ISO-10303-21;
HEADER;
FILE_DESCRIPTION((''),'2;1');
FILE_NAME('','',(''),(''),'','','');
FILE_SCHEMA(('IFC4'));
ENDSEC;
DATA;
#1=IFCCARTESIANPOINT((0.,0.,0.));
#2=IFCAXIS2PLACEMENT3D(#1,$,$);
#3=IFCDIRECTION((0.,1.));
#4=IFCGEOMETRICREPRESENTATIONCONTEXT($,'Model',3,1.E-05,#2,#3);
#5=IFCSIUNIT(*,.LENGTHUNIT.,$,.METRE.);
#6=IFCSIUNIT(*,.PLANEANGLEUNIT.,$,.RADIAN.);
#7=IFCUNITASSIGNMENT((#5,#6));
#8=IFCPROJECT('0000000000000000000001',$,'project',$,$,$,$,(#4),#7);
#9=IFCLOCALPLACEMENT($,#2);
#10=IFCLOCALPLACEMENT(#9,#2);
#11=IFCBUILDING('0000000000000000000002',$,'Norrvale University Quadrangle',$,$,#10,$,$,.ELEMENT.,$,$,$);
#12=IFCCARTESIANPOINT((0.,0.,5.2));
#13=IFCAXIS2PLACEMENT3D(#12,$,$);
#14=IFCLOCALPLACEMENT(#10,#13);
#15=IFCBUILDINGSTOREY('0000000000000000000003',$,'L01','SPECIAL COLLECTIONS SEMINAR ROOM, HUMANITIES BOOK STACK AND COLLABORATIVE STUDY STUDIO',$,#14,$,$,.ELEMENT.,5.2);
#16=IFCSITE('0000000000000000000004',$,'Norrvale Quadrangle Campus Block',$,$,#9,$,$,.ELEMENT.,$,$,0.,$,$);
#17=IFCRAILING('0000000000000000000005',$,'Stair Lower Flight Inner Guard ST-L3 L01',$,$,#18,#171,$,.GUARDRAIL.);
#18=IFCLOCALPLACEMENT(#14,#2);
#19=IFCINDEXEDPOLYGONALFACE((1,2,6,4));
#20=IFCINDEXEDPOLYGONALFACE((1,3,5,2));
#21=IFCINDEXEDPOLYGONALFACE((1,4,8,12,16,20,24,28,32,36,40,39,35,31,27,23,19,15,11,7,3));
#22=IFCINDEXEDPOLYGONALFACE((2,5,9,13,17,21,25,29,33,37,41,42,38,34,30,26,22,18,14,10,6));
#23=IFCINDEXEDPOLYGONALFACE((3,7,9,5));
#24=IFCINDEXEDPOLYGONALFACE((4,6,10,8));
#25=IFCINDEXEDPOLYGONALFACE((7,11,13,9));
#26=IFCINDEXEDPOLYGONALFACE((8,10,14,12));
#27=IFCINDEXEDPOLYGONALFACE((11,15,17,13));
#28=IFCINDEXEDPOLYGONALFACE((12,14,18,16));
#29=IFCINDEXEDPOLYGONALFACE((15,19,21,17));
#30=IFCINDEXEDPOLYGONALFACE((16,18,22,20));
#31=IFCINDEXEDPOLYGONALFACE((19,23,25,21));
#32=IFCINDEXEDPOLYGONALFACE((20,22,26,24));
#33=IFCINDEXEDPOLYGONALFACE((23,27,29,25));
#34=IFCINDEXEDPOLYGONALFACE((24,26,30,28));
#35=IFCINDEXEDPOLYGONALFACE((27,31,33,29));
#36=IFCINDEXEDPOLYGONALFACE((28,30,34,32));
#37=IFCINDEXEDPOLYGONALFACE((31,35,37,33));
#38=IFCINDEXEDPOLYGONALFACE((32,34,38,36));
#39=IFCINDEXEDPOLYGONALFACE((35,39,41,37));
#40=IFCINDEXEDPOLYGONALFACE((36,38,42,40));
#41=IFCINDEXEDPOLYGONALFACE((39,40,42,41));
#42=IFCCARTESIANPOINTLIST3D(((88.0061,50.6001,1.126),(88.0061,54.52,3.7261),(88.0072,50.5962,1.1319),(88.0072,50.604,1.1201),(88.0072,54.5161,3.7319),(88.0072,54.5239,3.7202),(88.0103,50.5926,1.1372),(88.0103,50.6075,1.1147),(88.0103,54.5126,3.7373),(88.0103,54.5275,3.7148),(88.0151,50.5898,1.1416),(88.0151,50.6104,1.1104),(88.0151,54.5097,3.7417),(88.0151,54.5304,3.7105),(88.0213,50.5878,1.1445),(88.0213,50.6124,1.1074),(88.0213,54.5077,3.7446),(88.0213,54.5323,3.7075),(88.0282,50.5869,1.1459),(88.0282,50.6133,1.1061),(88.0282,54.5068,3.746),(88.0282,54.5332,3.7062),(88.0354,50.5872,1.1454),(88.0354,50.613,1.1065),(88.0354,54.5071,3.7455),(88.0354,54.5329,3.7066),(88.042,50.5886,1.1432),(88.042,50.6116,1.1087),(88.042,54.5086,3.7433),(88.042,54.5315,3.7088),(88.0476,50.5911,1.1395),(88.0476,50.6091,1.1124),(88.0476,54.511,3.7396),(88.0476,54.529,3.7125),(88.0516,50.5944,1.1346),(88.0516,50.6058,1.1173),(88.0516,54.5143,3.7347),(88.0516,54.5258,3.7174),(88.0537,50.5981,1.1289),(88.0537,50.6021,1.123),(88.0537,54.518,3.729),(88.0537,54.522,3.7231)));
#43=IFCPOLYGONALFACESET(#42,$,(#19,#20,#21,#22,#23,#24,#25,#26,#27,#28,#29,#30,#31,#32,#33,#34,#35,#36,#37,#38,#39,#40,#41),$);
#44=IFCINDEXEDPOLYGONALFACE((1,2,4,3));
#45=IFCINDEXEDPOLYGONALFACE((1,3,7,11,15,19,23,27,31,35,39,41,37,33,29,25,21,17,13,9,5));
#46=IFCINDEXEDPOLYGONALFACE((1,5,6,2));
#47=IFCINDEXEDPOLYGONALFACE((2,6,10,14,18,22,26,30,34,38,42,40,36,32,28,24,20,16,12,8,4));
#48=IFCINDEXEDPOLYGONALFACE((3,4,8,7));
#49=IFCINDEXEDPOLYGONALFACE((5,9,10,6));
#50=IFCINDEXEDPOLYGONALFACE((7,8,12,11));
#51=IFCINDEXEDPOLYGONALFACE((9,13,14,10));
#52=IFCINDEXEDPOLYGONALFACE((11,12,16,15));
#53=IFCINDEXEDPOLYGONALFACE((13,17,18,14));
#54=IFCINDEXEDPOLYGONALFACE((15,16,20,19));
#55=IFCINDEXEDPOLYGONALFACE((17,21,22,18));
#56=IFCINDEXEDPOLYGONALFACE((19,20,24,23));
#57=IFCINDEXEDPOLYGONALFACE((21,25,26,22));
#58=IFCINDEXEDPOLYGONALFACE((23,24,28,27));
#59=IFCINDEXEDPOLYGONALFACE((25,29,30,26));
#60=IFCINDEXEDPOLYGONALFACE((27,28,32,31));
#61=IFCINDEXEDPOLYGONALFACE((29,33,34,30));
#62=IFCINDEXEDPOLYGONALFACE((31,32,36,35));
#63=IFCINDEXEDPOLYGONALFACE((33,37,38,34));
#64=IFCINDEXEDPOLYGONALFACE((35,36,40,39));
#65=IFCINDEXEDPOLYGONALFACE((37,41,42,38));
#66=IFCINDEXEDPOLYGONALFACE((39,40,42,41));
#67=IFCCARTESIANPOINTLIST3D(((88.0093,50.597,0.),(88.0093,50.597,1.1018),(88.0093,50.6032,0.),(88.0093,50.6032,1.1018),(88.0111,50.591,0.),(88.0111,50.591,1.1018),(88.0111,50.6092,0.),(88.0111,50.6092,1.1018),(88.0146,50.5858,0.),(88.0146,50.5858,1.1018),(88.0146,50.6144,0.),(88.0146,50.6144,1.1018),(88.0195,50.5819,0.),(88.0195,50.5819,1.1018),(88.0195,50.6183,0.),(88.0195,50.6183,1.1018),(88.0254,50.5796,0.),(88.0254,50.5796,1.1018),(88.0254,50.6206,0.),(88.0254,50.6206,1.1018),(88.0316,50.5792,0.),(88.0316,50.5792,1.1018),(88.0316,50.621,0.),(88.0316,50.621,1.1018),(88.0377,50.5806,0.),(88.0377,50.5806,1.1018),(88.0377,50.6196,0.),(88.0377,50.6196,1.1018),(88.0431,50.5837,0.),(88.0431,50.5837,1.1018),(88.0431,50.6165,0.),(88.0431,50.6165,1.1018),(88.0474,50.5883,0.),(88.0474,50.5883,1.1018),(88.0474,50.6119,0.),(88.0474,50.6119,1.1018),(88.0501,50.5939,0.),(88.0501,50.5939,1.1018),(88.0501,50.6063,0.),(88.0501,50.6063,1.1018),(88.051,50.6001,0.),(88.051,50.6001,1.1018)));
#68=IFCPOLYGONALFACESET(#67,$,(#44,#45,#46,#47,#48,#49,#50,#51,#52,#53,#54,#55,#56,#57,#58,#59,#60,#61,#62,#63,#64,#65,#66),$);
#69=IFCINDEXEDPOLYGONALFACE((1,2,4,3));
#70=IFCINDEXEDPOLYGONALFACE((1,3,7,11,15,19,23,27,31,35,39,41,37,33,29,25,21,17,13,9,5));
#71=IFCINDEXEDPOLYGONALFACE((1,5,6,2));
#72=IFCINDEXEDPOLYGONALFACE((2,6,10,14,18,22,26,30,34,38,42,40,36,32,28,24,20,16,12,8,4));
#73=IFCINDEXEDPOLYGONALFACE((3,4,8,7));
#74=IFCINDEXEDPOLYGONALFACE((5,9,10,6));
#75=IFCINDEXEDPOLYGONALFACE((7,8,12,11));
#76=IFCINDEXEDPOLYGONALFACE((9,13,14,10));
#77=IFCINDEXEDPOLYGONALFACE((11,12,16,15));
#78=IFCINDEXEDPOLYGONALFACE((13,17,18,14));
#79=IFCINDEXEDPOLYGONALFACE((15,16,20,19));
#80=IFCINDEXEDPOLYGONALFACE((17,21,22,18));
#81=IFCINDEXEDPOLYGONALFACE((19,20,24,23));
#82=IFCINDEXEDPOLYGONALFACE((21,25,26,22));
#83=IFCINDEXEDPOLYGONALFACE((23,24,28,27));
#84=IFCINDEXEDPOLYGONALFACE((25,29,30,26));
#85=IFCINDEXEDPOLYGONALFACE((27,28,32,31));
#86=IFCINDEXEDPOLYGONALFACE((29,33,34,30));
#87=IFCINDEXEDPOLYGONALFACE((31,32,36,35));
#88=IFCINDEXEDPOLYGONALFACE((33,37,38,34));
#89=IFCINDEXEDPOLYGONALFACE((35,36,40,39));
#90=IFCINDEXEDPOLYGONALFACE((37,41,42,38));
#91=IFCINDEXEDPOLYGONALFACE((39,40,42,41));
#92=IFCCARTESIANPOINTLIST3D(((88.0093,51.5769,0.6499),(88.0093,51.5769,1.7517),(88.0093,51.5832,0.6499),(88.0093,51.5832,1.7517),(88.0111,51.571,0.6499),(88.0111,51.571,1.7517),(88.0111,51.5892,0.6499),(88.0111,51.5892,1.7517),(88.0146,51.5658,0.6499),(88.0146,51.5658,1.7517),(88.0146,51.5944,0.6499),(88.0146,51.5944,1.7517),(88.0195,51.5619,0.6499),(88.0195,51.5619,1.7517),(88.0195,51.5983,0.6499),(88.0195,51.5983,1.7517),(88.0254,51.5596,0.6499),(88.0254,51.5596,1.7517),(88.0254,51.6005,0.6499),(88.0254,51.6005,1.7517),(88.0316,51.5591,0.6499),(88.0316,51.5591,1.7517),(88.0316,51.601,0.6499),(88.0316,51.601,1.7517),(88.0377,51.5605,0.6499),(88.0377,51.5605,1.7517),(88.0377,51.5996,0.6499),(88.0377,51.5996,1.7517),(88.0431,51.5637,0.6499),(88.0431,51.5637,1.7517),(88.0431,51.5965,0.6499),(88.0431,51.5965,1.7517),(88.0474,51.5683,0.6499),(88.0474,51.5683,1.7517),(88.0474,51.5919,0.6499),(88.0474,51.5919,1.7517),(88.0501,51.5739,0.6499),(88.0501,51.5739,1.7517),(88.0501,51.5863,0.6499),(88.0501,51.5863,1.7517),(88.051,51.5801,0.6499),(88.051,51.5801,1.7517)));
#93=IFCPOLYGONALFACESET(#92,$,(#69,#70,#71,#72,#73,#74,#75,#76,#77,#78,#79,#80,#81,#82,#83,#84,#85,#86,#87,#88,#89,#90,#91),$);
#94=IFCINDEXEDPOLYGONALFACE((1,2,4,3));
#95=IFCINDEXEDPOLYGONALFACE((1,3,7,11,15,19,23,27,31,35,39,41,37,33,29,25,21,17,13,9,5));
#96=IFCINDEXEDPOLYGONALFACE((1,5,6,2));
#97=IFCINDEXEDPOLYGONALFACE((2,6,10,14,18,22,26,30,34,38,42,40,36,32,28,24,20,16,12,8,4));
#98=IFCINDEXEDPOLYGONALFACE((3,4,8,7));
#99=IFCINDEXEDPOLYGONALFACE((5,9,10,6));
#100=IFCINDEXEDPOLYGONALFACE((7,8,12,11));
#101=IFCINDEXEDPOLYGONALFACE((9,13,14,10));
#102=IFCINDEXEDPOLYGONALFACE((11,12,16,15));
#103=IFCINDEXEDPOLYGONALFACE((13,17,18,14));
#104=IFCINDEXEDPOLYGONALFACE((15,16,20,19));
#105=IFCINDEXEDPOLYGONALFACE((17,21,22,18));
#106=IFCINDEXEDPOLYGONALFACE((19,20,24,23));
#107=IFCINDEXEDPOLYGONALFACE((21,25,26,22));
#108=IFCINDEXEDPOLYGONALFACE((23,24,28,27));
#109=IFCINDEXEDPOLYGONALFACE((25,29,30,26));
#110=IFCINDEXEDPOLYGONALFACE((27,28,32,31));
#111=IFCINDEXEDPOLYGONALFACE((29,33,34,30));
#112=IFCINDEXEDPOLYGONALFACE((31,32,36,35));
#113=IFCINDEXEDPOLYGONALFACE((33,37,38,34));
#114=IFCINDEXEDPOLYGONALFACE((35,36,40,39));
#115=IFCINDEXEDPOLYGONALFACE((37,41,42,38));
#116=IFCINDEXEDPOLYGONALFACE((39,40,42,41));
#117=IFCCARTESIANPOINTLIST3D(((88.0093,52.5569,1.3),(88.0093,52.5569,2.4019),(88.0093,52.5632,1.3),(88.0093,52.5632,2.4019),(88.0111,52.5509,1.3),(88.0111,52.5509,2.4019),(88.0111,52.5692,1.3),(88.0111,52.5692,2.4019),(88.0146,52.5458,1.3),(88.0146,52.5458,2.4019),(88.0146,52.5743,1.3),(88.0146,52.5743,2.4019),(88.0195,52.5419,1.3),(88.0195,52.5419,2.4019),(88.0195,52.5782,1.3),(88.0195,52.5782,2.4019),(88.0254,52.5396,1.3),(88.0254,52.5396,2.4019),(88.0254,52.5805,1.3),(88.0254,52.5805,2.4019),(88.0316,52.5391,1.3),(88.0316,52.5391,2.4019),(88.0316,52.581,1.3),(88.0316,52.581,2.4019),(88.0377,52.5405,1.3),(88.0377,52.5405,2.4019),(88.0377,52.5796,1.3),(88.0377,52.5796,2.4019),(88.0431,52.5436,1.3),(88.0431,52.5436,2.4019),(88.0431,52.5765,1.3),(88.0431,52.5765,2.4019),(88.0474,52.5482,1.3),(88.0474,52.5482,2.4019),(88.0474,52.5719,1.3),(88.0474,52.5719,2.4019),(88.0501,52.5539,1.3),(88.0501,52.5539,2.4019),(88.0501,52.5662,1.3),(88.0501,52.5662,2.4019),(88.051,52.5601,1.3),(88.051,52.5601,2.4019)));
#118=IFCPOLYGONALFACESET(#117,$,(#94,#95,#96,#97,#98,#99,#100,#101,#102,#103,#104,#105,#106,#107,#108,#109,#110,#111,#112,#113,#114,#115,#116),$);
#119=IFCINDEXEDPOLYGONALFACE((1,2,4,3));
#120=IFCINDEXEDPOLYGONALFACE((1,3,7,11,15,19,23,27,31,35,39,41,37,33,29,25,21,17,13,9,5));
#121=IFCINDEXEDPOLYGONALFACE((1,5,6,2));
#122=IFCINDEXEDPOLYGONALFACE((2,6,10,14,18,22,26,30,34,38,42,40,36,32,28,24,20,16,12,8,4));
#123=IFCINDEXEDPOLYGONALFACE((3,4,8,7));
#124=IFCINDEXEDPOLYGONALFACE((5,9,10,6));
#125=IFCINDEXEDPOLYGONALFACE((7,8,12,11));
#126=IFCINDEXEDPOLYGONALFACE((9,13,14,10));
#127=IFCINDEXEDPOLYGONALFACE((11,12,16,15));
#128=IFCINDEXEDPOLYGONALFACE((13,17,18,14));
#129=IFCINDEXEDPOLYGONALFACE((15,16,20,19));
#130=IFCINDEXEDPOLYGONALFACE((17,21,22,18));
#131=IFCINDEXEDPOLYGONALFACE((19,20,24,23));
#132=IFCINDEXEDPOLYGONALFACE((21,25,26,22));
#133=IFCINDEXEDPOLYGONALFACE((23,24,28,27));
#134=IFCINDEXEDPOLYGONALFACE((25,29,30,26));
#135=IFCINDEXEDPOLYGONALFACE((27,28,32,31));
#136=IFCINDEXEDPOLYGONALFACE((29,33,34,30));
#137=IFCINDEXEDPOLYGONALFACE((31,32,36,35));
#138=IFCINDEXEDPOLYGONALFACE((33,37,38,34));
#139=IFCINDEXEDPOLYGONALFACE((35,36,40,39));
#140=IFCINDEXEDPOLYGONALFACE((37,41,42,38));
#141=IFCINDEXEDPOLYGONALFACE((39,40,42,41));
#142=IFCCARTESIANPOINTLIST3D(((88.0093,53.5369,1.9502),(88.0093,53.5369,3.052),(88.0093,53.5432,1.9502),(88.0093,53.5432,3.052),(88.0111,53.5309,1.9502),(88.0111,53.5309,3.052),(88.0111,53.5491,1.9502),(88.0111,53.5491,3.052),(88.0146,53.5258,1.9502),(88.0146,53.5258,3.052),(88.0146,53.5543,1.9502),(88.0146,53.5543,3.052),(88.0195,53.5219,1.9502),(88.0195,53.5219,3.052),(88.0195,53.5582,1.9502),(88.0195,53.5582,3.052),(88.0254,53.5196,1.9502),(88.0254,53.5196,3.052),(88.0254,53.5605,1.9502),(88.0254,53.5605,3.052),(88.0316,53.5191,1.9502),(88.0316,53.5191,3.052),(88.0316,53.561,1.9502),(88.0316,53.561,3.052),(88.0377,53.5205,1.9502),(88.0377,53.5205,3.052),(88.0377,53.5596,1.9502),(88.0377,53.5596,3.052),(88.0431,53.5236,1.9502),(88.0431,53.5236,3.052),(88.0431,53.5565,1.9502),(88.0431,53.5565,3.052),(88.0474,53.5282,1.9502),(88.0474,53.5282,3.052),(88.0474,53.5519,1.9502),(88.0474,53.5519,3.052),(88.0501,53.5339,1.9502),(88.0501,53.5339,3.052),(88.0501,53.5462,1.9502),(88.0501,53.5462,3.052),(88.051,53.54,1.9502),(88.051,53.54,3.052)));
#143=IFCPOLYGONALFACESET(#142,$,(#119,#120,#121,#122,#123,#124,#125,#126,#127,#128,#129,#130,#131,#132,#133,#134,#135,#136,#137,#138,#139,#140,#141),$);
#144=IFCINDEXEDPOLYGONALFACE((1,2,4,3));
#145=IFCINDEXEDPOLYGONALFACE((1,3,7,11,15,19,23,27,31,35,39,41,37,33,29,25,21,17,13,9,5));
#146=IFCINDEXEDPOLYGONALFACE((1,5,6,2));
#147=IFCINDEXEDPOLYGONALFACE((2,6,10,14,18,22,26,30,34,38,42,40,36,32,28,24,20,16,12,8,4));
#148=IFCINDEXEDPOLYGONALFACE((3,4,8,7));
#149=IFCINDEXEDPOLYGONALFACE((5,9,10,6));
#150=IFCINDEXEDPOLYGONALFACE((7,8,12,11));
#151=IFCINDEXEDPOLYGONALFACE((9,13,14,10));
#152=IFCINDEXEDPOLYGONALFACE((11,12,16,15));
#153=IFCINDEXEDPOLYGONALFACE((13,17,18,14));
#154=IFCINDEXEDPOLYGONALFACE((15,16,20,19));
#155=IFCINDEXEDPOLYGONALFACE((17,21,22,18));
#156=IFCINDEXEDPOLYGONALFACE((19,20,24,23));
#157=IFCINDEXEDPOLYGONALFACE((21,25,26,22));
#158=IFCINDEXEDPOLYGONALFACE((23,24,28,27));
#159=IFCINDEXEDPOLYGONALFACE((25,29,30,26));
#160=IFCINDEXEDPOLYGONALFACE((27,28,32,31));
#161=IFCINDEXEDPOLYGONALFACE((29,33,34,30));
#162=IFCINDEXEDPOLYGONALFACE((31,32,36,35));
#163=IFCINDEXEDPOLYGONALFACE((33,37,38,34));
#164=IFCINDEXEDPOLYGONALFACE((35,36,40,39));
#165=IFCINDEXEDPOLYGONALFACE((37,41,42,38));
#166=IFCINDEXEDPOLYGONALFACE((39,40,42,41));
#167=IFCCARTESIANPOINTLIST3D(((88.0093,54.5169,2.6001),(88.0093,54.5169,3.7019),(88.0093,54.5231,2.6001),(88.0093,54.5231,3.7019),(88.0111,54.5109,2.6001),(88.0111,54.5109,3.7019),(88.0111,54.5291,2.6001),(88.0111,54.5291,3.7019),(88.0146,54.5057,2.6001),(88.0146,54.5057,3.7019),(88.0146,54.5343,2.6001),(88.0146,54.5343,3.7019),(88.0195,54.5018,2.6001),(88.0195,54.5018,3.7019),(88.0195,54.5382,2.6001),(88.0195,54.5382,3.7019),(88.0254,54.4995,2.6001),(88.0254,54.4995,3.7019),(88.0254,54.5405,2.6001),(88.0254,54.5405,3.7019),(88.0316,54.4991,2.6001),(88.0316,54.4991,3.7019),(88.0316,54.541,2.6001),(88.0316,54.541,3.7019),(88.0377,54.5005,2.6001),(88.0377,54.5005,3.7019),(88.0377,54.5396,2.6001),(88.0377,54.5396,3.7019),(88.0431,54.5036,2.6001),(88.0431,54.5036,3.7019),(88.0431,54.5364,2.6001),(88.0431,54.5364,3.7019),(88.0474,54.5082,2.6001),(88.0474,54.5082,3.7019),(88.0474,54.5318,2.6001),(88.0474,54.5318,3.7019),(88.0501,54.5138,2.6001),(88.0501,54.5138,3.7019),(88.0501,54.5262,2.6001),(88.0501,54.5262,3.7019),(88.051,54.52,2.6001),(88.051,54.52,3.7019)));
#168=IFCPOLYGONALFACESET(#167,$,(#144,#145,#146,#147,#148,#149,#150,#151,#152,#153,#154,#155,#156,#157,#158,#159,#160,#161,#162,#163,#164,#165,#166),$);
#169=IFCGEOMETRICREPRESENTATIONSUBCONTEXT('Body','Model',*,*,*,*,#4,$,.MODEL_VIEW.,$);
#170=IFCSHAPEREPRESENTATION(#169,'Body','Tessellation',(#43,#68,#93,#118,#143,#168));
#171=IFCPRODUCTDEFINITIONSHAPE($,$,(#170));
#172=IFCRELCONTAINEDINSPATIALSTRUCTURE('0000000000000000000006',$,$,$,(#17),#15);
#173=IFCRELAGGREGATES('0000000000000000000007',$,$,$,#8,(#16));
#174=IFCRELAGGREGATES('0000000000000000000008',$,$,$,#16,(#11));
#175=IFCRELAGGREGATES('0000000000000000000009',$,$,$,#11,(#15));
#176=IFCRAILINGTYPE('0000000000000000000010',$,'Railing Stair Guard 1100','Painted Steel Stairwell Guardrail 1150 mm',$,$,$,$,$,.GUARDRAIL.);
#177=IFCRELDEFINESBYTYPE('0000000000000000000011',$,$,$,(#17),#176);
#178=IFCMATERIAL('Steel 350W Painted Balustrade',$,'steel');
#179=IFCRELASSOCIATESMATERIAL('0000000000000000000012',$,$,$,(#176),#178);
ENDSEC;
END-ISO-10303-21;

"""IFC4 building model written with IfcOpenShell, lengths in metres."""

from ifc_helpers import new_model, si_unit, direction, frame, origin, origin_2d, place, context, subcontext, project, spatial, circle, extrude, material, type_object, element, save


model = new_model("IFC4")

# Units and contexts
model_context = context("Model", 3, precision=1e-05, world=origin(), true_north=direction((0.0, 1.0)))
body_context = subcontext(model_context, "Body", "Model", "MODEL_VIEW")
ifc_project = project(units=[si_unit("LENGTHUNIT", "METRE"), si_unit("PLANEANGLEUNIT", "RADIAN")], contexts=[model_context])

# Site, building, storey
site_placement = place(None, origin())
site = spatial("IfcSite", under=ifc_project, at=site_placement, Name="Norrvale Quadrangle Campus Block", CompositionType="ELEMENT", RefElevation=0.0)
building_placement = place(site_placement, origin())
building = spatial("IfcBuilding", under=site, at=building_placement, Name="Norrvale University Quadrangle", CompositionType="ELEMENT")
storey_placement = place(building_placement, frame((0.0, 0.0, 5.2)))
storey = spatial("IfcBuildingStorey", under=building, at=storey_placement, Name="L01", Description="SPECIAL COLLECTIONS SEMINAR ROOM, HUMANITIES BOOK STACK AND COLLABORATIVE STUDY STUDIO", CompositionType="ELEMENT", Elevation=5.2)

# Railing
ifc_material_1 = material(Name="Steel 350W Painted Balustrade", Category="steel")
railing_type_1 = type_object("IfcRailingType", Name="Railing Stair Guard 1100", Description="Painted Steel Stairwell Guardrail 1150 mm", PredefinedType="GUARDRAIL", material=ifc_material_1)
railing_1_placement = place(storey_placement, frame((88.03, 50.6001, 0.0)))
element("IfcRailing", 1, at=railing_1_placement, inside=storey, type_object=railing_type_1, Name="Stair Lower Flight Inner Guard ST-L3 L01", PredefinedType="GUARDRAIL", context=body_context, shape_type="SweptSolid", body=[
    extrude(circle(Radius=0.0239, at=origin_2d()), frame((0.0, 0.0, 1.126), z_axis=(0.0, 0.833342, 0.552758), x_axis=(-1.0, 0.0, 0.0)), (0.0, 0.0, 1.0), 4.7039),
    extrude(circle(Radius=0.021, at=origin_2d()), origin(), (0.0, 0.0, 1.0), 1.1018),
    extrude(circle(Radius=0.021, at=origin_2d()), frame((0.0, 0.98, 0.6499)), (0.0, 0.0, 1.0), 1.1018),
    extrude(circle(Radius=0.021, at=origin_2d()), frame((0.0, 1.96, 1.3)), (0.0, 0.0, 1.0), 1.1018),
    extrude(circle(Radius=0.021, at=origin_2d()), frame((0.0, 2.9399, 1.9502)), (0.0, 0.0, 1.0), 1.1018),
    extrude(circle(Radius=0.021, at=origin_2d()), frame((0.0, 3.9199, 2.6001)), (0.0, 0.0, 1.0), 1.1018),
])

save(model, "model.ifc")
